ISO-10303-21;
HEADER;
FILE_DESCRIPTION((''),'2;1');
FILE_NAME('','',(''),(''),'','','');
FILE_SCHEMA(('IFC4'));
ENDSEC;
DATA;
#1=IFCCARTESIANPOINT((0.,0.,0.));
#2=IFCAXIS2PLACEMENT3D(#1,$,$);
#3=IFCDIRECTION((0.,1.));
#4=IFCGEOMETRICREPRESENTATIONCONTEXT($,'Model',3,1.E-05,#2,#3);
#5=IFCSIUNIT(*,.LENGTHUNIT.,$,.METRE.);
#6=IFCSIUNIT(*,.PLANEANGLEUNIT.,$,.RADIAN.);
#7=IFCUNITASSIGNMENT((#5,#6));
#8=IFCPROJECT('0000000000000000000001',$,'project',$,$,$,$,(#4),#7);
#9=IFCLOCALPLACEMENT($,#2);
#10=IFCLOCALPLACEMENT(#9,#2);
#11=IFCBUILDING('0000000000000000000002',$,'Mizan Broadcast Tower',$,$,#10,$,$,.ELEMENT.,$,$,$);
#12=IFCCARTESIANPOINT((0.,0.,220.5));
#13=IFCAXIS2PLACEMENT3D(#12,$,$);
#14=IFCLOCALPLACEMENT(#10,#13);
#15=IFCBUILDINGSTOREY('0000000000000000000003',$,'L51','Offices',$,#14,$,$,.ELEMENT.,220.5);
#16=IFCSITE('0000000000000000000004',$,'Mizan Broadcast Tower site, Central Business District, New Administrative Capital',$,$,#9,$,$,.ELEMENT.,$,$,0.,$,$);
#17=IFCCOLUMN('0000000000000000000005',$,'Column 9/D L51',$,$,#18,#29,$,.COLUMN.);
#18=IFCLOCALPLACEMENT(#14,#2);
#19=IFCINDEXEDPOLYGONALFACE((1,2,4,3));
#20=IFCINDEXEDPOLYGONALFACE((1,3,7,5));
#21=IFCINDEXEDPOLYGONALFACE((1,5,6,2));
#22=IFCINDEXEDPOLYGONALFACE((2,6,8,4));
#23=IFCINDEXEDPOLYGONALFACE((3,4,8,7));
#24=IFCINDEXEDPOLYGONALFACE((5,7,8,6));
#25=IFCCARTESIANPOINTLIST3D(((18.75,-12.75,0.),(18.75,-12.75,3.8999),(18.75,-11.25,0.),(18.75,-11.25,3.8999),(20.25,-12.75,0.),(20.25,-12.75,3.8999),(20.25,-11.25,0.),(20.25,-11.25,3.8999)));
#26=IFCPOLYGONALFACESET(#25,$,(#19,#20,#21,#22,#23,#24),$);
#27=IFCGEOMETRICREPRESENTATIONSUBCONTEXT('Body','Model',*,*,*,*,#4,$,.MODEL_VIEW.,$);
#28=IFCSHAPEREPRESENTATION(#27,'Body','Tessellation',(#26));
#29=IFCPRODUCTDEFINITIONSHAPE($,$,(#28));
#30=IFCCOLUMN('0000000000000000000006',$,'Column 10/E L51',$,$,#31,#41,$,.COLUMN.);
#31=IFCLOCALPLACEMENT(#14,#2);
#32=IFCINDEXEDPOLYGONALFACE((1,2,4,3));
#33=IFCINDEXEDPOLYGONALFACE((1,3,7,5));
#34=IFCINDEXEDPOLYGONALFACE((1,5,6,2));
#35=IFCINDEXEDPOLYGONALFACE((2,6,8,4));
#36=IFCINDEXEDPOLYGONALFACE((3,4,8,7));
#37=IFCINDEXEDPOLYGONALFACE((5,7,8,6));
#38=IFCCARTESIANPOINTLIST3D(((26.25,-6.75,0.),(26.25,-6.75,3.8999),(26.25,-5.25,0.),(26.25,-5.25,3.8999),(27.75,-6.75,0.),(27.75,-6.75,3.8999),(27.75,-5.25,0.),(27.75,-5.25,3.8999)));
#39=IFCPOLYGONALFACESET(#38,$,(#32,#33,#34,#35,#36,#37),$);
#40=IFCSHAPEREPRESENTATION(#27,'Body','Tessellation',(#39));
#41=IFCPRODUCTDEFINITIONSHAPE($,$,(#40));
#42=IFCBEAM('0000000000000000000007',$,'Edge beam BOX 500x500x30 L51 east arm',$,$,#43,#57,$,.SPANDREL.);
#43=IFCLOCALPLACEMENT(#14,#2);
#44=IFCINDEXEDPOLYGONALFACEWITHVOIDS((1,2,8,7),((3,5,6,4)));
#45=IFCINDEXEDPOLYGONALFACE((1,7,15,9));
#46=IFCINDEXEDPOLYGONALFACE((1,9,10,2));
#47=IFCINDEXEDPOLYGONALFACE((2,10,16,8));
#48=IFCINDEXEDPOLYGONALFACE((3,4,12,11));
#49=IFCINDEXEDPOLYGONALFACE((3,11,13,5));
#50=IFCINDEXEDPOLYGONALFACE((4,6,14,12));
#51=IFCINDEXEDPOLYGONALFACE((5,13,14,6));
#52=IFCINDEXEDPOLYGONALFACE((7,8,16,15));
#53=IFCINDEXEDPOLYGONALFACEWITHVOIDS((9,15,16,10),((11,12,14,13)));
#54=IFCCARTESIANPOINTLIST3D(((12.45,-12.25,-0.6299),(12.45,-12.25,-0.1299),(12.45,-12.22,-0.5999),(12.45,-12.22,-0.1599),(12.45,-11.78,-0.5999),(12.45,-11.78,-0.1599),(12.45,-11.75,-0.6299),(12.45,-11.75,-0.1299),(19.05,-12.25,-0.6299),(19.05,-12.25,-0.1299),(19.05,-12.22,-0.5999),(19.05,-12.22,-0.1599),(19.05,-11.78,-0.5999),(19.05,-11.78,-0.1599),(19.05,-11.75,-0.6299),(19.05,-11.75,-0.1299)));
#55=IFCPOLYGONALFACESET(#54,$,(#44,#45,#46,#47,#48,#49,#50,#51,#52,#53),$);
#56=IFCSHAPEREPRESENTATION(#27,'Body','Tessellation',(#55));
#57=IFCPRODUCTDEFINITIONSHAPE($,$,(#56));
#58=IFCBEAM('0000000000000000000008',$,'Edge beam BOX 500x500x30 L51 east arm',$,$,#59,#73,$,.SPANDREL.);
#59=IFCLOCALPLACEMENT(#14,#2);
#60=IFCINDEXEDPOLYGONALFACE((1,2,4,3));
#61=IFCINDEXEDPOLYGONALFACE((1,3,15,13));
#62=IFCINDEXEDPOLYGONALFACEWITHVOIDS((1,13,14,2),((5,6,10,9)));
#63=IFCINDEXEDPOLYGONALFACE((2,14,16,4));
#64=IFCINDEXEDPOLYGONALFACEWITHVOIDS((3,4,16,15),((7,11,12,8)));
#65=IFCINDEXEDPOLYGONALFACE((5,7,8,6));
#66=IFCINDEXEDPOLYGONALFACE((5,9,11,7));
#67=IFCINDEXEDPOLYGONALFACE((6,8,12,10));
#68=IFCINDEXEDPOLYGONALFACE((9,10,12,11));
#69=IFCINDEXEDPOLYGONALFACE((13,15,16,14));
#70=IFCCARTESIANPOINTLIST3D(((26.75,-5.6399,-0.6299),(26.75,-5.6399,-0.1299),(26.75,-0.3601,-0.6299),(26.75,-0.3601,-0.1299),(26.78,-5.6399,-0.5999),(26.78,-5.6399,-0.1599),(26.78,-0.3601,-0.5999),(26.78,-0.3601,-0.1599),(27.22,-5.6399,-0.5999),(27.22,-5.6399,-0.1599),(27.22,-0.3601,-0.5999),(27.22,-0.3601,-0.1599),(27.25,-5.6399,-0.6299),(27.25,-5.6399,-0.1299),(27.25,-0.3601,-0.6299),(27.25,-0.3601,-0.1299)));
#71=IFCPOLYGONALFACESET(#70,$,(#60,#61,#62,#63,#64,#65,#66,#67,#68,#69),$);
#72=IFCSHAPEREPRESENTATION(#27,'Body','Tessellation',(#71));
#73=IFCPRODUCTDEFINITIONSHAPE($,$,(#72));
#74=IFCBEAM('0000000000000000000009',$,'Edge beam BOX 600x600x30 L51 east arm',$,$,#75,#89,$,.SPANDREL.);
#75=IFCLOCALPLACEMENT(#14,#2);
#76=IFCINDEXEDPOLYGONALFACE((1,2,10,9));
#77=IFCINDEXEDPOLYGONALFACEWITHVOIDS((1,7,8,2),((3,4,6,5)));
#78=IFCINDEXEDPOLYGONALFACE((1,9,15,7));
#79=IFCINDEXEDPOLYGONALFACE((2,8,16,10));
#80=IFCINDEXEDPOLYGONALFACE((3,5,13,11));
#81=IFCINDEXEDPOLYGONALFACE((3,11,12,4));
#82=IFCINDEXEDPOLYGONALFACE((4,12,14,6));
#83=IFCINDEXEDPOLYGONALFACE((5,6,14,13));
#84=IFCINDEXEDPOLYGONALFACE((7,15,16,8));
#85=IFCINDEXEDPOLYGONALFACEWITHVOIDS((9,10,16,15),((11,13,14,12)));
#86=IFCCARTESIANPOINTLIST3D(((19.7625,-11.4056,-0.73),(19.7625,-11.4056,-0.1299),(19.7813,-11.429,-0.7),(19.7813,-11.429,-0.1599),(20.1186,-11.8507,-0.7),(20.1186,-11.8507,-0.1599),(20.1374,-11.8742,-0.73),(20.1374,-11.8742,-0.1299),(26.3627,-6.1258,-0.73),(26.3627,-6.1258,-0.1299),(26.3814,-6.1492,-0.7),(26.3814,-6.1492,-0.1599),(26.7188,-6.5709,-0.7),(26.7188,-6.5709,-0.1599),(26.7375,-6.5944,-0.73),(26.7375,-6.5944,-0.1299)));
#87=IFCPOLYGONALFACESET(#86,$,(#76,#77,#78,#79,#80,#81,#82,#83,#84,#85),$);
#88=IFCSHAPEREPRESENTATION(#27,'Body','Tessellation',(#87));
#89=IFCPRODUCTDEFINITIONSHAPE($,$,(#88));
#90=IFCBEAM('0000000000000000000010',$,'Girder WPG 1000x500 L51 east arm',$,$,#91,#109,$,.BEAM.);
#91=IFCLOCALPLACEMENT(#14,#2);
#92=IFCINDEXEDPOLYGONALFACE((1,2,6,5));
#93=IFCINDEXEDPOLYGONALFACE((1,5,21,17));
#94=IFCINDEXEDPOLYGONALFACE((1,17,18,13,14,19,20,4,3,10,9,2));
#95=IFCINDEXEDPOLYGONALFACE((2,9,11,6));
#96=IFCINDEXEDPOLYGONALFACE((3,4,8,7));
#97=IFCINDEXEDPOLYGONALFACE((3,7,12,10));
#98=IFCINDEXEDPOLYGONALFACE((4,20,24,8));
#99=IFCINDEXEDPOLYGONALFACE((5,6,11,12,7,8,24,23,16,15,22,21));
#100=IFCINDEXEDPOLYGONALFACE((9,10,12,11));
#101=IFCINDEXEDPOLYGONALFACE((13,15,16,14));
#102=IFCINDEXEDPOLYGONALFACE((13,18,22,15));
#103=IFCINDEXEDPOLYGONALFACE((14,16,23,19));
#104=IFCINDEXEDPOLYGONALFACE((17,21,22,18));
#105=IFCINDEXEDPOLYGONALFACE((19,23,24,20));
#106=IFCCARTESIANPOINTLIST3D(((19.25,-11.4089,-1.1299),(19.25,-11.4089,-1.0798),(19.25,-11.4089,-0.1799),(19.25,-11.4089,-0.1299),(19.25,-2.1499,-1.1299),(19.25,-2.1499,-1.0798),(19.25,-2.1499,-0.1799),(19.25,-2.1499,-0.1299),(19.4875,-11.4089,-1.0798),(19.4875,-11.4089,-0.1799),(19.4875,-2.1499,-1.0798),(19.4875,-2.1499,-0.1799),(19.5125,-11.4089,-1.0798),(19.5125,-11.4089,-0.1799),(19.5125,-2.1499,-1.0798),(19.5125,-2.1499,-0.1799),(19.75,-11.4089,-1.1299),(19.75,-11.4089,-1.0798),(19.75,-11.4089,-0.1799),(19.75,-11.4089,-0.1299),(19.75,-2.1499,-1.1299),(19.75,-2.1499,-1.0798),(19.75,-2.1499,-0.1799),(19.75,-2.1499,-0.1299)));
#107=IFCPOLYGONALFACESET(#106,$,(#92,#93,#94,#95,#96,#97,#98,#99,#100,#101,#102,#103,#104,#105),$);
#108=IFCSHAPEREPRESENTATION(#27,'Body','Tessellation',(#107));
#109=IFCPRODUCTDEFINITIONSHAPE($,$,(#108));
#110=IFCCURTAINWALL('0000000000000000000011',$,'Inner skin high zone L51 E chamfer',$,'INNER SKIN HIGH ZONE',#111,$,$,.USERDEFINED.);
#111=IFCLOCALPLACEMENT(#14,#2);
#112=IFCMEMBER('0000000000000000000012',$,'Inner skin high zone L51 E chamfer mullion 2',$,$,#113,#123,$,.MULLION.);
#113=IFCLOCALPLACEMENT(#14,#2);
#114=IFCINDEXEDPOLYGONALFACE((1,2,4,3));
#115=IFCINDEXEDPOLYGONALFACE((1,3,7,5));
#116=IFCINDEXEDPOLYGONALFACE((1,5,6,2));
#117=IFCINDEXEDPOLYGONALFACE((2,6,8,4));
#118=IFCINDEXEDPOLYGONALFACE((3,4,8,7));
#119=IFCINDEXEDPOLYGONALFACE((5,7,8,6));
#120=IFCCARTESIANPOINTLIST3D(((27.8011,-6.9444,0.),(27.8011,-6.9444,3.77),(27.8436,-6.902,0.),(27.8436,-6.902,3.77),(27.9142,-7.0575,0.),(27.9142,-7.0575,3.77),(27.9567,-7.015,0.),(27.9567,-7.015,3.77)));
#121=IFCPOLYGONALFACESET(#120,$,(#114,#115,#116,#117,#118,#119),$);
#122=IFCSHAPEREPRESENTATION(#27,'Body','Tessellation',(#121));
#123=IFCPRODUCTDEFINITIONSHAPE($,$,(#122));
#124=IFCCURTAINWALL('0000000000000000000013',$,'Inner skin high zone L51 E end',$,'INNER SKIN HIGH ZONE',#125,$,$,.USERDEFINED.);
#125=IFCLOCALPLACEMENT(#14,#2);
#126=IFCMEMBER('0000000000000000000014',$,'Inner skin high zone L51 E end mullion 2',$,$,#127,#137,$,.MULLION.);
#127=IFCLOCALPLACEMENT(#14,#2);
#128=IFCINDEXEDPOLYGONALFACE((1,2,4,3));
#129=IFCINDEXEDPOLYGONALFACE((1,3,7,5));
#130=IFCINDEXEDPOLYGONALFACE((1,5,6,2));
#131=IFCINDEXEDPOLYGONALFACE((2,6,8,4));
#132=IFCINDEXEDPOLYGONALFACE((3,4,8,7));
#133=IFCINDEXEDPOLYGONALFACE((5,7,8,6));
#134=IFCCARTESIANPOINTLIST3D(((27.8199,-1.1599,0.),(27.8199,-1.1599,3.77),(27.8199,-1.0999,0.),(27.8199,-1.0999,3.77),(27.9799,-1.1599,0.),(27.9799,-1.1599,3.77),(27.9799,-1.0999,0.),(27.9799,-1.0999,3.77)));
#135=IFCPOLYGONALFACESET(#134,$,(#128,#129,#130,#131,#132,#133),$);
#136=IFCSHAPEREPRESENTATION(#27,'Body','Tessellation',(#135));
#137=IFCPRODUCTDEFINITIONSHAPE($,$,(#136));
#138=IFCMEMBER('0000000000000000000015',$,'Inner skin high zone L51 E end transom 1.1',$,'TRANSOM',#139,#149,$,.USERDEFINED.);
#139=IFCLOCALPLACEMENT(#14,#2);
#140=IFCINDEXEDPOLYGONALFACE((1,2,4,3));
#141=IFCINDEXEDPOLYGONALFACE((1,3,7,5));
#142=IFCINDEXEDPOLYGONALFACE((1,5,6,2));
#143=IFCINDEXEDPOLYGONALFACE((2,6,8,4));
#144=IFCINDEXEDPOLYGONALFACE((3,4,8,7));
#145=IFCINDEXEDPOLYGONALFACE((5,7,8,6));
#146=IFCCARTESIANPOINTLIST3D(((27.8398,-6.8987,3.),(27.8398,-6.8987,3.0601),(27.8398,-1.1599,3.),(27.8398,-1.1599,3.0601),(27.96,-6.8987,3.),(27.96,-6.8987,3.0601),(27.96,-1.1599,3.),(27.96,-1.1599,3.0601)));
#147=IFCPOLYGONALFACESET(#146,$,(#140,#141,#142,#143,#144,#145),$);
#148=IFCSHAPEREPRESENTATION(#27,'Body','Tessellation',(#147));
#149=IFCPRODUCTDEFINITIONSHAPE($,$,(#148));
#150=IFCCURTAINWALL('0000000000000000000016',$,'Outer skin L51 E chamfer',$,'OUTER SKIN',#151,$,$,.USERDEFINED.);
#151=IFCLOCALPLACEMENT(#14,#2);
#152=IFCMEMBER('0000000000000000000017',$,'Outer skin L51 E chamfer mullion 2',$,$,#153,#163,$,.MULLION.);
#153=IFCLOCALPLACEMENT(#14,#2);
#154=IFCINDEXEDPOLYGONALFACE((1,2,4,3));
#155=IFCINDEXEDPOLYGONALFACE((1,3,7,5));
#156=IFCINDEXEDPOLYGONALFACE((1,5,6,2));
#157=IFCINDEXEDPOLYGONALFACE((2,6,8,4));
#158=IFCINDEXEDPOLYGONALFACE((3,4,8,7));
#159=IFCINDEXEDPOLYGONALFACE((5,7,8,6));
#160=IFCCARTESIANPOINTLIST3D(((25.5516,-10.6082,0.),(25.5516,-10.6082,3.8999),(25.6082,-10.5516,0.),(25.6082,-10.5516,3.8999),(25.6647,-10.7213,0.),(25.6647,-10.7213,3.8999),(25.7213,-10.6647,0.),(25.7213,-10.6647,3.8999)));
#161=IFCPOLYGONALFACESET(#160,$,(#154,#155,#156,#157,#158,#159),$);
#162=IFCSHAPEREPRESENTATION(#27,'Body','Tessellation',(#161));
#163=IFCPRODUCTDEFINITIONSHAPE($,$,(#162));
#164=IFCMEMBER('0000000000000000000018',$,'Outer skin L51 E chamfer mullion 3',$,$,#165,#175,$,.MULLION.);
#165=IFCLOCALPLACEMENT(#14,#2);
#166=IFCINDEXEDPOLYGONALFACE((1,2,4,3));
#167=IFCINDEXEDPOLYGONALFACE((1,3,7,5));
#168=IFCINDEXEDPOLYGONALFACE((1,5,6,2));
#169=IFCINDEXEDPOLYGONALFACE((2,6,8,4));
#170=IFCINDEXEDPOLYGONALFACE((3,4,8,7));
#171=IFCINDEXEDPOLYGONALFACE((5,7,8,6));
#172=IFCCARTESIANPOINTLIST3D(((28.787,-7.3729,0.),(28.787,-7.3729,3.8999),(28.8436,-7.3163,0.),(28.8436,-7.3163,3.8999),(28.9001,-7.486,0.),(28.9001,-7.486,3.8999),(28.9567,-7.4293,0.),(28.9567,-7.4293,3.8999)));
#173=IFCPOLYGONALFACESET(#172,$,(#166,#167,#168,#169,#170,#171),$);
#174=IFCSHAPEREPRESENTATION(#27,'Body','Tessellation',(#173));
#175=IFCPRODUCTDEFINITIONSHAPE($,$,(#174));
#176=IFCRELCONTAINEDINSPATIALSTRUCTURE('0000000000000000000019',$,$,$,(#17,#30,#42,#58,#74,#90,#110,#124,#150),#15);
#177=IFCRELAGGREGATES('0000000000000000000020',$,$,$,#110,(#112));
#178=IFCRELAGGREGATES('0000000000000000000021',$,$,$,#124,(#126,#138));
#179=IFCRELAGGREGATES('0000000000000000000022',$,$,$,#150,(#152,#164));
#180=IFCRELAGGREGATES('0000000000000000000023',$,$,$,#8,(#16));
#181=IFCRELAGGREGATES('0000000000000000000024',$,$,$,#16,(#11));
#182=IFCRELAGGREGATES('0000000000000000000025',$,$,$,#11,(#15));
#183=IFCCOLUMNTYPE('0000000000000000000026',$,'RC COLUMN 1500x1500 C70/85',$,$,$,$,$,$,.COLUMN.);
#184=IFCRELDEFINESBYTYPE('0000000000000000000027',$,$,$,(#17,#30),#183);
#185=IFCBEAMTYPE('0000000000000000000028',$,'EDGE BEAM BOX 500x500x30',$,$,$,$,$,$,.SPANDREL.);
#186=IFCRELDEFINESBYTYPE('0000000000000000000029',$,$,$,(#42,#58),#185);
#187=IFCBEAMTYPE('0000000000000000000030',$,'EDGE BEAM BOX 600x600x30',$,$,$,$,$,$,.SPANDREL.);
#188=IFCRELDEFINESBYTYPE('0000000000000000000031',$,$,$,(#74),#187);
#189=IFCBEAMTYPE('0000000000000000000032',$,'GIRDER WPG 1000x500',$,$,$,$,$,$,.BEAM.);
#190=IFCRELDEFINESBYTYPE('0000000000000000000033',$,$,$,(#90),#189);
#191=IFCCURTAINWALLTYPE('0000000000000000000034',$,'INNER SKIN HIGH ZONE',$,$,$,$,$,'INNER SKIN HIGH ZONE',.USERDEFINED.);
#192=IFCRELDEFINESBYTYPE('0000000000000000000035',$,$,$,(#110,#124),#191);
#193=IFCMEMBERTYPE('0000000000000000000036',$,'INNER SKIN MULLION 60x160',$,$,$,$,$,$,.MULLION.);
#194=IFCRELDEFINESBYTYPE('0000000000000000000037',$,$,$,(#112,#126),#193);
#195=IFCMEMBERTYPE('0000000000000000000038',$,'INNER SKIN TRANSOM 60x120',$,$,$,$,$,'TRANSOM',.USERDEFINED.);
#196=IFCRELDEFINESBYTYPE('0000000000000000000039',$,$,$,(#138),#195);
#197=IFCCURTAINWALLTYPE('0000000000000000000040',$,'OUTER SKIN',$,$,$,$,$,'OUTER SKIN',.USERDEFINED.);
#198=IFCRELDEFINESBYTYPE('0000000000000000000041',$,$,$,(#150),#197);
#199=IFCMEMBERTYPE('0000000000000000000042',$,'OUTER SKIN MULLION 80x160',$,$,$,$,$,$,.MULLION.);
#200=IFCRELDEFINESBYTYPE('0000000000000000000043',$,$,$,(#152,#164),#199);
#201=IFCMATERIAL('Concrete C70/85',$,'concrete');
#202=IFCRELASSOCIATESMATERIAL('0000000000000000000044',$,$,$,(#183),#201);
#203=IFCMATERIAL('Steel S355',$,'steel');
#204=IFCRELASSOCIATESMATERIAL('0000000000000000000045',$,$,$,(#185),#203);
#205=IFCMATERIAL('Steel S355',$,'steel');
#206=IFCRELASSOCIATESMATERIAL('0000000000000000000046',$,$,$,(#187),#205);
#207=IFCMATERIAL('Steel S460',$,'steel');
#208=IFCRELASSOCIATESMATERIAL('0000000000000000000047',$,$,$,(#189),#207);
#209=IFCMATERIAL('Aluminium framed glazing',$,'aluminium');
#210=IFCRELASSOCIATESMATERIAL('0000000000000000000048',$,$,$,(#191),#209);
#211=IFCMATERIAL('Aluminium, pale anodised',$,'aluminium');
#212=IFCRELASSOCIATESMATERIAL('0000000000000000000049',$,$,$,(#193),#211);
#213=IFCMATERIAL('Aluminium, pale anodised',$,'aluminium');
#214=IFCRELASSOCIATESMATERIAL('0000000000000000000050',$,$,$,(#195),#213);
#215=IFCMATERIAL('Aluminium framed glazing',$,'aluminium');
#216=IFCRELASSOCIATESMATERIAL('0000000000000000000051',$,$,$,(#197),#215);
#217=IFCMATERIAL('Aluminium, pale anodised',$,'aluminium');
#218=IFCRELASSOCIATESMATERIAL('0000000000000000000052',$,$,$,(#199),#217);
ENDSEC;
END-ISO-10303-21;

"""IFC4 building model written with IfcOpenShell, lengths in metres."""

from ifc_helpers import new_model, si_unit, direction, frame, origin, origin_2d, place, context, subcontext, project, spatial, rectangle, hollow_rectangle, i_section, extrude, material, material_profile, profile_set, type_object, element, aggregate, save


model = new_model("IFC4")

# Units and contexts
model_context = context("Model", 3, precision=1e-05, world=origin(), true_north=direction((0.0, 1.0)))
body_context = subcontext(model_context, "Body", "Model", "MODEL_VIEW")
ifc_project = project(units=[si_unit("LENGTHUNIT", "METRE"), si_unit("PLANEANGLEUNIT", "RADIAN")], contexts=[model_context])

# Site, building, storey
site_placement = place(None, origin())
site = spatial("IfcSite", under=ifc_project, at=site_placement, Name="Mizan Broadcast Tower site, Central Business District, New Administrative Capital", CompositionType="ELEMENT", RefElevation=0.0)
building_placement = place(site_placement, origin())
building = spatial("IfcBuilding", under=site, at=building_placement, Name="Mizan Broadcast Tower", CompositionType="ELEMENT")
storey_placement = place(building_placement, frame((0.0, 0.0, 220.5)))
storey = spatial("IfcBuildingStorey", under=building, at=storey_placement, Name="L51", Description="Offices", CompositionType="ELEMENT", Elevation=220.5)

# Columns
ifc_material_1 = material(Name="Concrete C70/85", Category="concrete")
ifc_material_profile_1 = material_profile(ifc_material_1, rectangle(XDim=1.5, YDim=1.5, at=origin_2d()), Name="RC 1500x1500")
ifc_profile_set_1 = profile_set([ifc_material_profile_1], Name="Concrete C70/85")
column_type = type_object("IfcColumnType", Name="RC COLUMN 1500x1500 C70/85", PredefinedType="COLUMN", material=ifc_profile_set_1)
for number, where, z_axis, x_axis, name in (
    (1, (19.5, -12.0, 0.0), (0.0, 0.0, 1.0), (1.0, 0.0, 0.0), "Column 9/D L51"),
    (2, (27.0, -6.0, 0.0), (0.0, 0.0, 1.0), (1.0, 0.0, 0.0), "Column 10/E L51"),
):
    element("IfcColumn", number, at=place(storey_placement, frame(where, z_axis=z_axis, x_axis=x_axis)), inside=storey, type_object=column_type, Name=name, PredefinedType="COLUMN", context=body_context, shape_type="SweptSolid", body=[
        extrude(rectangle(XDim=1.5, YDim=1.5, at=origin_2d()), origin(), (0.0, 0.0, 1.0), 3.8999),
    ])

# Beams
ifc_material_2 = material(Name="Steel S355", Category="steel")
ifc_material_profile_2 = material_profile(ifc_material_2, hollow_rectangle(XDim=0.5, YDim=0.5, WallThickness=0.03, at=origin_2d()), Name="BOX 500x500x30")
ifc_profile_set_2 = profile_set([ifc_material_profile_2], Name="Steel S355")
beam_type_1 = type_object("IfcBeamType", Name="EDGE BEAM BOX 500x500x30", PredefinedType="SPANDREL", material=ifc_profile_set_2)
beam_1_placement = place(storey_placement, frame((12.45, -12.0, -0.3799), z_axis=(1.0, 0.0, 0.0), x_axis=(0.0, 1.0, 0.0)))
element("IfcBeam", 3, at=beam_1_placement, inside=storey, type_object=beam_type_1, Name="Edge beam BOX 500x500x30 L51 east arm", PredefinedType="SPANDREL", context=body_context, shape_type="SweptSolid", body=[
    extrude(hollow_rectangle(XDim=0.5, YDim=0.5, WallThickness=0.03, at=origin_2d()), origin(), (0.0, 0.0, 1.0), 6.6001),
])
beam_2_placement = place(storey_placement, frame((27.0, -5.6399, -0.3799), z_axis=(0.0, 1.0, 0.0), x_axis=(-1.0, 0.0, 0.0)))
element("IfcBeam", 4, at=beam_2_placement, inside=storey, type_object=beam_type_1, Name="Edge beam BOX 500x500x30 L51 east arm", PredefinedType="SPANDREL", context=body_context, shape_type="SweptSolid", body=[
    extrude(hollow_rectangle(XDim=0.5, YDim=0.5, WallThickness=0.03, at=origin_2d()), origin(), (0.0, 0.0, 1.0), 5.2798),
])
ifc_material_3 = material(Name="Steel S355", Category="steel")
ifc_material_profile_3 = material_profile(ifc_material_3, hollow_rectangle(XDim=0.6001, YDim=0.6001, WallThickness=0.03, at=origin_2d()), Name="BOX 600x600x30")
ifc_profile_set_3 = profile_set([ifc_material_profile_3], Name="Steel S355")
beam_type_2 = type_object("IfcBeamType", Name="EDGE BEAM BOX 600x600x30", PredefinedType="SPANDREL", material=ifc_profile_set_3)
beam_3_placement = place(storey_placement, frame((19.95, -11.6399, -0.4299), z_axis=(0.780886, 0.624674, 0.0), x_axis=(-0.624674, 0.780886, 0.0)))
element("IfcBeam", 5, at=beam_3_placement, inside=storey, type_object=beam_type_2, Name="Edge beam BOX 600x600x30 L51 east arm", PredefinedType="SPANDREL", context=body_context, shape_type="SweptSolid", body=[
    extrude(hollow_rectangle(XDim=0.6001, YDim=0.6001, WallThickness=0.03, at=origin_2d()), origin(), (0.0, 0.0, 1.0), 8.4521),
])
ifc_material_4 = material(Name="Steel S460", Category="steel")
ifc_material_profile_4 = material_profile(ifc_material_4, i_section(OverallWidth=0.5, OverallDepth=1.0, WebThickness=0.0249, FlangeThickness=0.05, at=origin_2d()), Name="WPG 1000x500")
ifc_profile_set_4 = profile_set([ifc_material_profile_4], Name="Steel S460")
beam_type_3 = type_object("IfcBeamType", Name="GIRDER WPG 1000x500", PredefinedType="BEAM", material=ifc_profile_set_4)
beam_4_placement = place(storey_placement, frame((19.5, -11.4089, -0.6299), z_axis=(0.0, 1.0, 0.0), x_axis=(-1.0, 0.0, 0.0)))
element("IfcBeam", 6, at=beam_4_placement, inside=storey, type_object=beam_type_3, Name="Girder WPG 1000x500 L51 east arm", PredefinedType="BEAM", context=body_context, shape_type="SweptSolid", body=[
    extrude(i_section(OverallWidth=0.5, OverallDepth=1.0, WebThickness=0.0249, FlangeThickness=0.05, at=origin_2d()), origin(), (0.0, 0.0, 1.0), 9.259),
])

# Curtain wall, member
ifc_material_5 = material(Name="Aluminium framed glazing", Category="aluminium")
curtain_wall_type_1 = type_object("IfcCurtainWallType", Name="INNER SKIN HIGH ZONE", ElementType="INNER SKIN HIGH ZONE", PredefinedType="USERDEFINED", material=ifc_material_5)
curtain_wall_1_placement = place(storey_placement, origin())
curtain_wall_1 = element("IfcCurtainWall", 7, at=curtain_wall_1_placement, inside=storey, type_object=curtain_wall_type_1, Name="Inner skin high zone L51 E chamfer", ObjectType="INNER SKIN HIGH ZONE", PredefinedType="USERDEFINED")
ifc_material_6 = material(Name="Aluminium, pale anodised", Category="aluminium")
ifc_material_profile_5 = material_profile(ifc_material_6, rectangle(XDim=0.1599, YDim=0.0601, at=origin_2d()), Name="MULLION 160x60")
ifc_profile_set_5 = profile_set([ifc_material_profile_5], Name="Aluminium, pale anodised")
member_type_1 = type_object("IfcMemberType", Name="INNER SKIN MULLION 60x160", PredefinedType="MULLION", material=ifc_profile_set_5)
member_1_placement = place(storey_placement, frame((27.8789, -6.9797, 0.0), z_axis=(0.0, 0.0, 1.0), x_axis=(-0.707107, 0.707107, 0.0)))
member_1 = element("IfcMember", 8, at=member_1_placement, type_object=member_type_1, Name="Inner skin high zone L51 E chamfer mullion 2", PredefinedType="MULLION", context=body_context, shape_type="SweptSolid", body=[
    extrude(rectangle(XDim=0.1599, YDim=0.0601, at=origin_2d()), origin(), (0.0, 0.0, 1.0), 3.77),
])

# Curtain walls, members
curtain_wall_2_placement = place(storey_placement, origin())
curtain_wall_2 = element("IfcCurtainWall", 9, at=curtain_wall_2_placement, inside=storey, type_object=curtain_wall_type_1, Name="Inner skin high zone L51 E end", ObjectType="INNER SKIN HIGH ZONE", PredefinedType="USERDEFINED")
member_2_placement = place(storey_placement, frame((27.8999, -1.1299, 0.0), z_axis=(0.0, 0.0, 1.0), x_axis=(-1.0, 0.0, 0.0)))
member_2 = element("IfcMember", 10, at=member_2_placement, type_object=member_type_1, Name="Inner skin high zone L51 E end mullion 2", PredefinedType="MULLION", context=body_context, shape_type="SweptSolid", body=[
    extrude(rectangle(XDim=0.1599, YDim=0.0601, at=origin_2d()), origin(), (0.0, 0.0, 1.0), 3.77),
])
ifc_material_7 = material(Name="Aluminium, pale anodised", Category="aluminium")
ifc_material_profile_6 = material_profile(ifc_material_7, rectangle(XDim=0.1201, YDim=0.0601, at=origin_2d()), Name="TRANSOM 120x60")
ifc_profile_set_6 = profile_set([ifc_material_profile_6], Name="Aluminium, pale anodised")
member_type_2 = type_object("IfcMemberType", Name="INNER SKIN TRANSOM 60x120", ElementType="TRANSOM", PredefinedType="USERDEFINED", material=ifc_profile_set_6)
member_3_placement = place(storey_placement, frame((27.8999, -6.8987, 3.03), z_axis=(0.0, 1.0, 0.0), x_axis=(-1.0, 0.0, 0.0)))
member_3 = element("IfcMember", 11, at=member_3_placement, type_object=member_type_2, Name="Inner skin high zone L51 E end transom 1.1", ObjectType="TRANSOM", PredefinedType="USERDEFINED", context=body_context, shape_type="SweptSolid", body=[
    extrude(rectangle(XDim=0.1201, YDim=0.0601, at=origin_2d()), origin(), (0.0, 0.0, 1.0), 5.7388),
])
ifc_material_8 = material(Name="Aluminium framed glazing", Category="aluminium")
curtain_wall_type_2 = type_object("IfcCurtainWallType", Name="OUTER SKIN", ElementType="OUTER SKIN", PredefinedType="USERDEFINED", material=ifc_material_8)
curtain_wall_3_placement = place(storey_placement, origin())
curtain_wall_3 = element("IfcCurtainWall", 12, at=curtain_wall_3_placement, inside=storey, type_object=curtain_wall_type_2, Name="Outer skin L51 E chamfer", ObjectType="OUTER SKIN", PredefinedType="USERDEFINED")
ifc_material_9 = material(Name="Aluminium, pale anodised", Category="aluminium")
ifc_material_profile_7 = material_profile(ifc_material_9, rectangle(XDim=0.1599, YDim=0.0801, at=origin_2d()), Name="MULLION 160x80")
ifc_profile_set_7 = profile_set([ifc_material_profile_7], Name="Aluminium, pale anodised")
member_type_3 = type_object("IfcMemberType", Name="OUTER SKIN MULLION 80x160", PredefinedType="MULLION", material=ifc_profile_set_7)
member_4_placement = place(storey_placement, frame((25.6365, -10.6365, 0.0), z_axis=(0.0, 0.0, 1.0), x_axis=(-0.707107, 0.707107, 0.0)))
member_4 = element("IfcMember", 13, at=member_4_placement, type_object=member_type_3, Name="Outer skin L51 E chamfer mullion 2", PredefinedType="MULLION", context=body_context, shape_type="SweptSolid", body=[
    extrude(rectangle(XDim=0.1599, YDim=0.0801, at=origin_2d()), origin(), (0.0, 0.0, 1.0), 3.8999),
])
member_5_placement = place(storey_placement, frame((28.8718, -7.4011, 0.0), z_axis=(0.0, 0.0, 1.0), x_axis=(-0.707107, 0.707107, 0.0)))
member_5 = element("IfcMember", 14, at=member_5_placement, type_object=member_type_3, Name="Outer skin L51 E chamfer mullion 3", PredefinedType="MULLION", context=body_context, shape_type="SweptSolid", body=[
    extrude(rectangle(XDim=0.1599, YDim=0.0801, at=origin_2d()), origin(), (0.0, 0.0, 1.0), 3.8999),
])

aggregate(curtain_wall_1, [member_1])
aggregate(curtain_wall_2, [member_2, member_3])
aggregate(curtain_wall_3, [member_4, member_5])

save(model, "model.ifc")
